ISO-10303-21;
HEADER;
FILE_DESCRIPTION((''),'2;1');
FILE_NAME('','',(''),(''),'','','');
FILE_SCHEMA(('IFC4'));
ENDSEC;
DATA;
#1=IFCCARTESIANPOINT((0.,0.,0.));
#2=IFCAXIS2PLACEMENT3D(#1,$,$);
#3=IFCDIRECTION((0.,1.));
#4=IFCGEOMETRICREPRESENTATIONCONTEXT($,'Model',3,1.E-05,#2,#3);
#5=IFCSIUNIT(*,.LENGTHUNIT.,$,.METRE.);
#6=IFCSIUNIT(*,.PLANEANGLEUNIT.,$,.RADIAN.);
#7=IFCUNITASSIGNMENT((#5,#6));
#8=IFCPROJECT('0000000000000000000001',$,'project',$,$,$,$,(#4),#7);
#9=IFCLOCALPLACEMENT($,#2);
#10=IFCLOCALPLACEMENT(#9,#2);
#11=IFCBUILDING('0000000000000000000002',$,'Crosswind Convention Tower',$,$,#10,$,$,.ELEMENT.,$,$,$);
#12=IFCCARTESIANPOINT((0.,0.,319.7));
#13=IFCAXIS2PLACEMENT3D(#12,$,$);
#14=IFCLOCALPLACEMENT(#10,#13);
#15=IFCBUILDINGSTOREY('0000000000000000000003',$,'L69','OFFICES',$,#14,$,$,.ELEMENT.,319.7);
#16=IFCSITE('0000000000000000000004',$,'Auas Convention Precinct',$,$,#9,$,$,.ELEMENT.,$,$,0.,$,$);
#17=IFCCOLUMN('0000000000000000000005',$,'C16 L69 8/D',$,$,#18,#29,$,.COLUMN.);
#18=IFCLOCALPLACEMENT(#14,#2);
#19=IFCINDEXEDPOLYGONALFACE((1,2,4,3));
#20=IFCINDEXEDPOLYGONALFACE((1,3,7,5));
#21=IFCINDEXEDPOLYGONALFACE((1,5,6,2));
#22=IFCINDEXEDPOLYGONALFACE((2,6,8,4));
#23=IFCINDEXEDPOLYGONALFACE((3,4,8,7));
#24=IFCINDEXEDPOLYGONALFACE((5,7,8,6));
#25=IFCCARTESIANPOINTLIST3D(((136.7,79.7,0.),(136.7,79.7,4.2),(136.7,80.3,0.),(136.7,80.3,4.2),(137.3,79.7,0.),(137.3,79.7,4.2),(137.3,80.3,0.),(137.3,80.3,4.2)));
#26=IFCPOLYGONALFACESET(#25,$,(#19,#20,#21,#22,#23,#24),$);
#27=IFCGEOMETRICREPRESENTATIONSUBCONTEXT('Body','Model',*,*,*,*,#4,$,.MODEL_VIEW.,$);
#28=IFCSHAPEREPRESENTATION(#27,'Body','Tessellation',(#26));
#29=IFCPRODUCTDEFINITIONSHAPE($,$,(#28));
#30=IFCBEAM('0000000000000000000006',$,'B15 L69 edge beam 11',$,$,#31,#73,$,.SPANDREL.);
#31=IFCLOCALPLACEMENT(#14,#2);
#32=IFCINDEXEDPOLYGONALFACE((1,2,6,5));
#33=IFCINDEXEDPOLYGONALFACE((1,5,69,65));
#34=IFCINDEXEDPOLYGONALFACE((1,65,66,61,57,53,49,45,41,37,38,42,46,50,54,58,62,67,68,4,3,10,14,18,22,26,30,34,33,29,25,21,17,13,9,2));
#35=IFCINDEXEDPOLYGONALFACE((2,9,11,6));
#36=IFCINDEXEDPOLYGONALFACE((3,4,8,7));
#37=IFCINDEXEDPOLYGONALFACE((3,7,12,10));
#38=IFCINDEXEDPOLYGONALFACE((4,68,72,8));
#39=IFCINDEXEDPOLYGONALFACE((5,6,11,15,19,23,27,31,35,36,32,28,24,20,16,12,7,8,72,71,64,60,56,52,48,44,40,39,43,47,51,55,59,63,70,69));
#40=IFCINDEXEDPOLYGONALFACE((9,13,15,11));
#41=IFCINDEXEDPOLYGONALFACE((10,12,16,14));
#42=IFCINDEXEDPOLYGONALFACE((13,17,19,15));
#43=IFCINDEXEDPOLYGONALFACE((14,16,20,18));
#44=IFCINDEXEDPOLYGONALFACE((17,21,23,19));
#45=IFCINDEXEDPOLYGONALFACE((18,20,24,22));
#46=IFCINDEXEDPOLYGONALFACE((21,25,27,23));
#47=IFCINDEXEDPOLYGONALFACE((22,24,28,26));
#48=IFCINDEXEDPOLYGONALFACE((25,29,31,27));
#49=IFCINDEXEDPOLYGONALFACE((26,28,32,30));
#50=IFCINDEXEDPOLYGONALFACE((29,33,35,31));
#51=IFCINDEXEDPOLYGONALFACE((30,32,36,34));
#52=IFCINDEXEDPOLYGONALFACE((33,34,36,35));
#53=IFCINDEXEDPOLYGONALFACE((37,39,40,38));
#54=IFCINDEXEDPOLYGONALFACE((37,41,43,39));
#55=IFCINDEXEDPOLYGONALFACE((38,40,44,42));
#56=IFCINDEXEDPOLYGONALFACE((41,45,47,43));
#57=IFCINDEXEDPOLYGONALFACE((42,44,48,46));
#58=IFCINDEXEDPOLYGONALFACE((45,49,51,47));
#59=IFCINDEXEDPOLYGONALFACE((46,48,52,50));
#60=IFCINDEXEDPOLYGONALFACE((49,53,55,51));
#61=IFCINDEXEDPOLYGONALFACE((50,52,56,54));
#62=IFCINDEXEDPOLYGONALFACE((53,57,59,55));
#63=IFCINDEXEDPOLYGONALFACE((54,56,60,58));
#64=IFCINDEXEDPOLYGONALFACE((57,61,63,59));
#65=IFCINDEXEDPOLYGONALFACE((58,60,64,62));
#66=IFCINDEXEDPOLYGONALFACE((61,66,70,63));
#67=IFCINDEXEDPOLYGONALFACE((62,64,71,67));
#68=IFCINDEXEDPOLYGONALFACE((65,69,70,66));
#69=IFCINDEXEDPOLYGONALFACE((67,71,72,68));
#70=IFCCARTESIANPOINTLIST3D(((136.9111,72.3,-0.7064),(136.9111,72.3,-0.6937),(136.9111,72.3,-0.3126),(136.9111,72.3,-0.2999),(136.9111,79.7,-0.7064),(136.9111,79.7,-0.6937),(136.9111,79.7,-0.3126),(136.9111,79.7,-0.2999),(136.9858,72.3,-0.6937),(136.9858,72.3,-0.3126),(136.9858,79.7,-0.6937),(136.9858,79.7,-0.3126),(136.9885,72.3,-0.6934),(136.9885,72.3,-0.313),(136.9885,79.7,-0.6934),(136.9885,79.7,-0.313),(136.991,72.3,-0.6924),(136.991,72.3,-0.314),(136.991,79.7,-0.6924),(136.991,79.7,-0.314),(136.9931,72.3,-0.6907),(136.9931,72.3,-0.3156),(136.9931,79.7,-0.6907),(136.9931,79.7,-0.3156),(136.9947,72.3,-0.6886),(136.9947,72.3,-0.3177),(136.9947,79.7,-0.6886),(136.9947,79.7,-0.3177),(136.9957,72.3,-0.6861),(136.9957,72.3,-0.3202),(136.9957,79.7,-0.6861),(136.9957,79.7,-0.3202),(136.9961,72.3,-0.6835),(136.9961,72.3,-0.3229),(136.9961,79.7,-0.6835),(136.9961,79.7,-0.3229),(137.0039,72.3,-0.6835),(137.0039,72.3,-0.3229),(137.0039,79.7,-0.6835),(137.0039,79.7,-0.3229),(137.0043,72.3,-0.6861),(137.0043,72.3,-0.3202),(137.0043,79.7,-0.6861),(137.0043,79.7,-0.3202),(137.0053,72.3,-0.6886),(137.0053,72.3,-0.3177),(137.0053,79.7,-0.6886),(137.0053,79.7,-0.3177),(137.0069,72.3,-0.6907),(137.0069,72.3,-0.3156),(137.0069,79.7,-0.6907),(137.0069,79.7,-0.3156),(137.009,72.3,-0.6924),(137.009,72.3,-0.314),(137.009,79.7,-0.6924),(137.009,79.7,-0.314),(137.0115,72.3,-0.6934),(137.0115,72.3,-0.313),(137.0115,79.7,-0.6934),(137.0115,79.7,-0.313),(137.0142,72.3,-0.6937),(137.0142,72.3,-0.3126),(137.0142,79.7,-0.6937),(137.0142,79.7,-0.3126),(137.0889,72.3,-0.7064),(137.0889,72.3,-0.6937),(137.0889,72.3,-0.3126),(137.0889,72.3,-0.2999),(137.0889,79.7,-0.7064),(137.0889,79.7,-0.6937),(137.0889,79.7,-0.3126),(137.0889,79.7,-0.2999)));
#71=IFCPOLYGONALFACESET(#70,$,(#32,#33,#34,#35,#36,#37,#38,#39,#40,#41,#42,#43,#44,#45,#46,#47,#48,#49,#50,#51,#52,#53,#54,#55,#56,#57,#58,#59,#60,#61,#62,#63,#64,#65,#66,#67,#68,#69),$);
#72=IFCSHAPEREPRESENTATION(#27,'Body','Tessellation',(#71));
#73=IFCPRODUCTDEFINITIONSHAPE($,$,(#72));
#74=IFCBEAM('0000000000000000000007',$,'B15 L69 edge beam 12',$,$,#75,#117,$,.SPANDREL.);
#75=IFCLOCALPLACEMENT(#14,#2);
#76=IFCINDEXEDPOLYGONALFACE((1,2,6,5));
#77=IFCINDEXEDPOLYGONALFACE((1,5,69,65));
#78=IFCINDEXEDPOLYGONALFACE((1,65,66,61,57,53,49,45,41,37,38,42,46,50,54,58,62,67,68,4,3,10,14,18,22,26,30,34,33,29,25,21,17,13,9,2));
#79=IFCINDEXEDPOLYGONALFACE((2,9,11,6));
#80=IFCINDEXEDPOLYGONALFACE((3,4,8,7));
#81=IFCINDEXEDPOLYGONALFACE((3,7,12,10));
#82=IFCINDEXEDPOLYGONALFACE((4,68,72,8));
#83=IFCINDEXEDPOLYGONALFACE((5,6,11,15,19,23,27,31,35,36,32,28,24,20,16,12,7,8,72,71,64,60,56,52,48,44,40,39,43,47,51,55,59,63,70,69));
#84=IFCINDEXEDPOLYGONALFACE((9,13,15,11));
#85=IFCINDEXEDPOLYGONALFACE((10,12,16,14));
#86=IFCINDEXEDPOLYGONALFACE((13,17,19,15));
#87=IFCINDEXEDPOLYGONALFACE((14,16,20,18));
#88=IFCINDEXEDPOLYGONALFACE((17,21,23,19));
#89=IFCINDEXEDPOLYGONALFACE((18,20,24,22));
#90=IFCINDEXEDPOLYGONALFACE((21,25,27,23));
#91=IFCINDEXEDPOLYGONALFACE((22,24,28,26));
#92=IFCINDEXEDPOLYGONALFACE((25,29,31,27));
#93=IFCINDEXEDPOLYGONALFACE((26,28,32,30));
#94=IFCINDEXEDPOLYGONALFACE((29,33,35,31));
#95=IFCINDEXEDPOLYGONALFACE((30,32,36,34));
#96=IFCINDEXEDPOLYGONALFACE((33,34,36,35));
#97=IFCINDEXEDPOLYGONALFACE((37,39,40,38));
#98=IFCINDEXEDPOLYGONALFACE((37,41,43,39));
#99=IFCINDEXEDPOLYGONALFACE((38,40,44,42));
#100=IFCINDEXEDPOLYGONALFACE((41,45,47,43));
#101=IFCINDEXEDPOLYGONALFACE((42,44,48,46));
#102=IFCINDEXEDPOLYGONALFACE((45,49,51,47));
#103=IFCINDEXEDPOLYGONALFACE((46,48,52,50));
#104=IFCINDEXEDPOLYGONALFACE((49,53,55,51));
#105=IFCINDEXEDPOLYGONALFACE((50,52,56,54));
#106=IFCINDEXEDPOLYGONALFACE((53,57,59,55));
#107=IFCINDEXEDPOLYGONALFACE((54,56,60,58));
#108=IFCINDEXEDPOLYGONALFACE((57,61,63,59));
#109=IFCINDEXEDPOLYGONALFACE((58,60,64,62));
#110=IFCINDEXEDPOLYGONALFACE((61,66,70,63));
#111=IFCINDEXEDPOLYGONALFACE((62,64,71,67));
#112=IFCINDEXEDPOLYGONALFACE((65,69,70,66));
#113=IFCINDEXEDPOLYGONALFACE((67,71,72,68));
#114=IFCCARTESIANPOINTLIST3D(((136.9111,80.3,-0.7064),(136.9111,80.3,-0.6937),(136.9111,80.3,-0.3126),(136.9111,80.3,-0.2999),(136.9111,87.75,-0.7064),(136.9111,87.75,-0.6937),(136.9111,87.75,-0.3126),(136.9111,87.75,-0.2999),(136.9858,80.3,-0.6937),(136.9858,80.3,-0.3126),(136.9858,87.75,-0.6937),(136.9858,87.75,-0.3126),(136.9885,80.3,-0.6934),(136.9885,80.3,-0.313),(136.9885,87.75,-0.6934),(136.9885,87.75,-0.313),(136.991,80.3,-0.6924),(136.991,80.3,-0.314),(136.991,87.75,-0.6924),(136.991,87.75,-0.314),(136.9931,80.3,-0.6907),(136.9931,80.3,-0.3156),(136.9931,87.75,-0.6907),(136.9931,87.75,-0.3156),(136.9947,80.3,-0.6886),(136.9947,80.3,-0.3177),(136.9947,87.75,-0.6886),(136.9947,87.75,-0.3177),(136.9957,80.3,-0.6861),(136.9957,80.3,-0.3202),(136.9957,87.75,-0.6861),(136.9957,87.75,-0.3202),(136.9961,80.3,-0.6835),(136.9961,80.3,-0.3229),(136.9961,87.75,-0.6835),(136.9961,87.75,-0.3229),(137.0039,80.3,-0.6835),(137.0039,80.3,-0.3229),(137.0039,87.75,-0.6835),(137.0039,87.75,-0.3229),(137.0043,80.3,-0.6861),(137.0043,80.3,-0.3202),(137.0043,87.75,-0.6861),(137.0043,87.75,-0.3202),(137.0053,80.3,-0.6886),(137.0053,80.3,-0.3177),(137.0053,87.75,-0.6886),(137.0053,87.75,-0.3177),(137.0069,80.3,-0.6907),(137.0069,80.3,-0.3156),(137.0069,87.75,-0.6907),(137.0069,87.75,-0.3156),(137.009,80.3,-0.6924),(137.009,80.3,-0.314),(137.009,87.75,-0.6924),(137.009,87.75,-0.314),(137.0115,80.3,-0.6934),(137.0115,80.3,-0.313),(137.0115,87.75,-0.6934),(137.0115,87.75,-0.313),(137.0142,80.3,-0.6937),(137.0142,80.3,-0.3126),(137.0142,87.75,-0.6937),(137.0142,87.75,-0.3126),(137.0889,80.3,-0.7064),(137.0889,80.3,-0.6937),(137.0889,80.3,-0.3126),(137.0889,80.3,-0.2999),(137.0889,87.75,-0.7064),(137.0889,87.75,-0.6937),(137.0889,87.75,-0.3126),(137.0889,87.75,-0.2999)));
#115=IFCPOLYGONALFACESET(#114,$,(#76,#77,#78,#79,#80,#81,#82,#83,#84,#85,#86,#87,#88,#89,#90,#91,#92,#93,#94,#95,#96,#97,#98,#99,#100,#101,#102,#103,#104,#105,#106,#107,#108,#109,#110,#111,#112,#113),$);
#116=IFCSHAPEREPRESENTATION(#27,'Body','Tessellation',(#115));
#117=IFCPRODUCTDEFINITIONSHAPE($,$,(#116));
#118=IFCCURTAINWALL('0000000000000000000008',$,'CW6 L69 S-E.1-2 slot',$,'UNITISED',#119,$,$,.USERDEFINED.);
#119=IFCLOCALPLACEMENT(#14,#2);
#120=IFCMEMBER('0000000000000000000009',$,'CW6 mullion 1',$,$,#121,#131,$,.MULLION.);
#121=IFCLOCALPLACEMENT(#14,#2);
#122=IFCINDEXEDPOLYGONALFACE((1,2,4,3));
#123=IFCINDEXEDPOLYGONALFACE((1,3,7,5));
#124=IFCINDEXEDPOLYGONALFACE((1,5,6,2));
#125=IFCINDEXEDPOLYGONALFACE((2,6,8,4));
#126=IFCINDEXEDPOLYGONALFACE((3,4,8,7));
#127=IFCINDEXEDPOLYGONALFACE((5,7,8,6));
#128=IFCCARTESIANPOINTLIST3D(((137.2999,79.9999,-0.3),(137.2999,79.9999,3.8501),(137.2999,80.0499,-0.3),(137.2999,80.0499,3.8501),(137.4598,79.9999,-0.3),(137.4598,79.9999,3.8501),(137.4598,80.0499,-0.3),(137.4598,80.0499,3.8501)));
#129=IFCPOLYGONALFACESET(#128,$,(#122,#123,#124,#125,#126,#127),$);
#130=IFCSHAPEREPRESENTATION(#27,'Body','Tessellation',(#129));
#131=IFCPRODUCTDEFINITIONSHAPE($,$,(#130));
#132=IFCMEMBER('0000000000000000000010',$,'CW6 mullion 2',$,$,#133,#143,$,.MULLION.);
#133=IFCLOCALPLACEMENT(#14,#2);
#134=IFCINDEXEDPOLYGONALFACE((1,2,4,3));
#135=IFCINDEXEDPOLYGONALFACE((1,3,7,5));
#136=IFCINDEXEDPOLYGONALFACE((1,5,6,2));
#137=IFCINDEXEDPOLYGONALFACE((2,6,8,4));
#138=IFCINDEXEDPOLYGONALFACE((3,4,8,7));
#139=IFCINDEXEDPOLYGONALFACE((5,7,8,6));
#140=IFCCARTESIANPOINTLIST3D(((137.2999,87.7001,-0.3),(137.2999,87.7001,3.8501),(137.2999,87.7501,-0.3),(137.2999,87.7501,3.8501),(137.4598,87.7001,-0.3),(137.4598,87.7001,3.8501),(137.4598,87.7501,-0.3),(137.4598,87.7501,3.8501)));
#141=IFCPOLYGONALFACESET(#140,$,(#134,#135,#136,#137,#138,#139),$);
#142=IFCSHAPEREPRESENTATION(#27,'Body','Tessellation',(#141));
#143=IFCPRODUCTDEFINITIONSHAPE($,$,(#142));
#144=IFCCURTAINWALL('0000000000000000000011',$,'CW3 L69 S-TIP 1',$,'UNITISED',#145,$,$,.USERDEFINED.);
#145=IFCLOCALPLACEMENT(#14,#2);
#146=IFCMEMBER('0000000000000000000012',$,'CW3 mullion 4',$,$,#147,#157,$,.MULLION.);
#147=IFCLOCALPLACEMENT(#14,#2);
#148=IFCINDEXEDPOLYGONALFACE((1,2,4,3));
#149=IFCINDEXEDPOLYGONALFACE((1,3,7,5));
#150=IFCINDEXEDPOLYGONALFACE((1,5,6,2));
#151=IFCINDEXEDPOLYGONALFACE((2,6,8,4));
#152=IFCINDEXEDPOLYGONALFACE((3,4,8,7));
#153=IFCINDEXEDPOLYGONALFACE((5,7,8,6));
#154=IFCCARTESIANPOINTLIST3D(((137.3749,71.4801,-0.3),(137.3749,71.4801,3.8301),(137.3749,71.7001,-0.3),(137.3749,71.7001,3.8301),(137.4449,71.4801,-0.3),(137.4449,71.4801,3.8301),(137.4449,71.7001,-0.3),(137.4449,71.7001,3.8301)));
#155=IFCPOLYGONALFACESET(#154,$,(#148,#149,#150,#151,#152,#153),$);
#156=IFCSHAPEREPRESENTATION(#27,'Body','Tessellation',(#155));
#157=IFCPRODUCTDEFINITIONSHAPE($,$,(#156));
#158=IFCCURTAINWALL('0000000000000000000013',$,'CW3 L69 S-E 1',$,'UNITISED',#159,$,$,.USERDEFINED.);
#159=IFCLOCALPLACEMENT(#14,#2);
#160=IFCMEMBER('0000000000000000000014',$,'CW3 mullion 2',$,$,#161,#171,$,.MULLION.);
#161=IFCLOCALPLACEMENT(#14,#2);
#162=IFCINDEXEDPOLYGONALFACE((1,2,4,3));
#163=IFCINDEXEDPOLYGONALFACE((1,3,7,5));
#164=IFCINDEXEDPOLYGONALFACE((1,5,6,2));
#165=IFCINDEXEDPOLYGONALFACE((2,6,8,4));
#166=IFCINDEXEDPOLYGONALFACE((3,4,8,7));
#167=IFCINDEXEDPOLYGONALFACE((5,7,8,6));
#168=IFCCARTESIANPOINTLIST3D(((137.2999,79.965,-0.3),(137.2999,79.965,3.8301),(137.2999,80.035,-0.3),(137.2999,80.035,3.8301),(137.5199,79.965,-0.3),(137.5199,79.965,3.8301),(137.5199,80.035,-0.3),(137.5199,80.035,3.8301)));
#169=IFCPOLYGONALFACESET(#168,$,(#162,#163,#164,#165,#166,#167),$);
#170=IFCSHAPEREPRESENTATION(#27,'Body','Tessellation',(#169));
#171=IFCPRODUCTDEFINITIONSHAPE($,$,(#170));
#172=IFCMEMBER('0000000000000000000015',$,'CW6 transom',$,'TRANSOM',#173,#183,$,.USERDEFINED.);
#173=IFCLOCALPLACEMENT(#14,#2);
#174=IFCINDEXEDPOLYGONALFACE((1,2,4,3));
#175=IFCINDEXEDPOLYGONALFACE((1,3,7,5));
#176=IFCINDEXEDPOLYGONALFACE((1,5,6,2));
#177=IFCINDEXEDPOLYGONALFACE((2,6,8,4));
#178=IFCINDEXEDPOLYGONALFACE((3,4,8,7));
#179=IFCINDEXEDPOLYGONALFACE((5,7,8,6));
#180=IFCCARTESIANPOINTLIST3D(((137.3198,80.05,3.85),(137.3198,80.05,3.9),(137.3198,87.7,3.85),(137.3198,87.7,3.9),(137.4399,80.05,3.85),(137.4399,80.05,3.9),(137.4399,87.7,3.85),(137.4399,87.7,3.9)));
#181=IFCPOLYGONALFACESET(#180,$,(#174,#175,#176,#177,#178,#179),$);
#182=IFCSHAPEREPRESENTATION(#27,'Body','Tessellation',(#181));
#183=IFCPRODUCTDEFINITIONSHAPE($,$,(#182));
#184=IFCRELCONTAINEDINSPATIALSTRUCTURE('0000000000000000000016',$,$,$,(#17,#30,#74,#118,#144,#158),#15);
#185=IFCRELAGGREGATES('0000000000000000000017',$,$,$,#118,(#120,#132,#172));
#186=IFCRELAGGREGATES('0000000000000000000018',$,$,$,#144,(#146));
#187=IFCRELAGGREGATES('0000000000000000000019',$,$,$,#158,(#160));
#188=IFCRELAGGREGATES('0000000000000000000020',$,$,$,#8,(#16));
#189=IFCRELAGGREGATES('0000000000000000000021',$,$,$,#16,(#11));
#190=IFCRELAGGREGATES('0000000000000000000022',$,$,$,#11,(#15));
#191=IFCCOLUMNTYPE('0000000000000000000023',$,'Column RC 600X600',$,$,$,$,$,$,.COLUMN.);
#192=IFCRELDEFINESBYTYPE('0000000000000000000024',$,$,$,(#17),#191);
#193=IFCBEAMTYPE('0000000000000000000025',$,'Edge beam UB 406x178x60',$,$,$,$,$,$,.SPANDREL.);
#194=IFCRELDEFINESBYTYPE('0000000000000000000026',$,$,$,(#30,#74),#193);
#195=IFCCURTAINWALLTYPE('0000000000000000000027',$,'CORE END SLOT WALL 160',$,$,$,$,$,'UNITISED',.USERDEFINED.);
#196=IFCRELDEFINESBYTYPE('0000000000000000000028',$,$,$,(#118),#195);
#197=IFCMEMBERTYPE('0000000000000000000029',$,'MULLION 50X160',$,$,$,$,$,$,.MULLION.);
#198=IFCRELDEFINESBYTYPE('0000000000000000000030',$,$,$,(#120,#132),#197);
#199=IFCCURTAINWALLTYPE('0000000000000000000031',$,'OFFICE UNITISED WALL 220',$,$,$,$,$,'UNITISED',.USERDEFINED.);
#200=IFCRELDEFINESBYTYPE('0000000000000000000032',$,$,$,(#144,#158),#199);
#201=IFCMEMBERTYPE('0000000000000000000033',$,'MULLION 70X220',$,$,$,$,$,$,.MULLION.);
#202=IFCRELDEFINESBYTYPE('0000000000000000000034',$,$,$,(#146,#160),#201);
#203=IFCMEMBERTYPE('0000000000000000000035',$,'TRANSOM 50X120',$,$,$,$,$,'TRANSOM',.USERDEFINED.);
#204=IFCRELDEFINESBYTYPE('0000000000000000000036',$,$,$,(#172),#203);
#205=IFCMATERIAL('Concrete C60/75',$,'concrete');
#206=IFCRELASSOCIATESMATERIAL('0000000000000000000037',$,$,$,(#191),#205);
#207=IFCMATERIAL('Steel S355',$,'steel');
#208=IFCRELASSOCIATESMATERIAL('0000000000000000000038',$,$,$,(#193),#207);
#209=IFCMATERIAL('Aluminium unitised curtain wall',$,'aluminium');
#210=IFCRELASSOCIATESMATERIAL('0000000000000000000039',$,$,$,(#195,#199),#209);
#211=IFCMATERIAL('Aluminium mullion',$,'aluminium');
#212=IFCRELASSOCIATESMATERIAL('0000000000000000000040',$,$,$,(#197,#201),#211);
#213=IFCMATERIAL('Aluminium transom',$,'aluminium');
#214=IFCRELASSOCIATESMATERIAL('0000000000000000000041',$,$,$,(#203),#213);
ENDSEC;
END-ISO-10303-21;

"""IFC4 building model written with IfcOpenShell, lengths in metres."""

from ifc_helpers import new_model, si_unit, direction, frame, origin, origin_2d, place, context, subcontext, project, spatial, rectangle, i_section, extrude, material, material_profile, profile_set, type_object, element, aggregate, save


model = new_model("IFC4")

# Units and contexts
model_context = context("Model", 3, precision=1e-05, world=origin(), true_north=direction((0.0, 1.0)))
body_context = subcontext(model_context, "Body", "Model", "MODEL_VIEW")
ifc_project = project(units=[si_unit("LENGTHUNIT", "METRE"), si_unit("PLANEANGLEUNIT", "RADIAN")], contexts=[model_context])

# Site, building, storey
site_placement = place(None, origin())
site = spatial("IfcSite", under=ifc_project, at=site_placement, Name="Auas Convention Precinct", CompositionType="ELEMENT", RefElevation=0.0)
building_placement = place(site_placement, origin())
building = spatial("IfcBuilding", under=site, at=building_placement, Name="Crosswind Convention Tower", CompositionType="ELEMENT")
storey_placement = place(building_placement, frame((0.0, 0.0, 319.7)))
storey = spatial("IfcBuildingStorey", under=building, at=storey_placement, Name="L69", Description="OFFICES", CompositionType="ELEMENT", Elevation=319.7)

# Column
ifc_material_1 = material(Name="Concrete C60/75", Category="concrete")
ifc_material_profile_1 = material_profile(ifc_material_1, rectangle(XDim=0.6001, YDim=0.6001, at=origin_2d()), Name="RC 600X600")
ifc_profile_set_1 = profile_set([ifc_material_profile_1], Name="Concrete C60/75")
column_type = type_object("IfcColumnType", Name="Column RC 600X600", PredefinedType="COLUMN", material=ifc_profile_set_1)
column_placement = place(storey_placement, frame((137.0, 80.0, 0.0), z_axis=(0.0, 0.0, 1.0), x_axis=(1.0, 0.0, 0.0)))
element("IfcColumn", 1, at=column_placement, inside=storey, type_object=column_type, Name="C16 L69 8/D", PredefinedType="COLUMN", context=body_context, shape_type="SweptSolid", body=[
    extrude(rectangle(XDim=0.6001, YDim=0.6001, at=origin_2d()), origin(), (0.0, 0.0, 1.0), 4.2),
])

# Beams
ifc_material_2 = material(Name="Steel S355", Category="steel")
ifc_material_profile_2 = material_profile(ifc_material_2, i_section(OverallWidth=0.1777, OverallDepth=0.4065, WebThickness=0.0078, FlangeThickness=0.0127, FilletRadius=0.0103, at=origin_2d()), Name="UB 406x178x60")
ifc_profile_set_2 = profile_set([ifc_material_profile_2], Name="Steel S355")
beam_type = type_object("IfcBeamType", Name="Edge beam UB 406x178x60", PredefinedType="SPANDREL", material=ifc_profile_set_2)
beam_1_placement = place(storey_placement, frame((137.0, 72.3, -0.5032), z_axis=(0.0, 1.0, 0.0), x_axis=(-1.0, 0.0, 0.0)))
element("IfcBeam", 2, at=beam_1_placement, inside=storey, type_object=beam_type, Name="B15 L69 edge beam 11", PredefinedType="SPANDREL", context=body_context, shape_type="SweptSolid", body=[
    extrude(i_section(OverallWidth=0.1777, OverallDepth=0.4065, WebThickness=0.0078, FlangeThickness=0.0127, FilletRadius=0.0103, at=origin_2d()), origin(), (0.0, 0.0, 1.0), 7.3999),
])
beam_2_placement = place(storey_placement, frame((137.0, 80.3, -0.5032), z_axis=(0.0, 1.0, 0.0), x_axis=(-1.0, 0.0, 0.0)))
element("IfcBeam", 3, at=beam_2_placement, inside=storey, type_object=beam_type, Name="B15 L69 edge beam 12", PredefinedType="SPANDREL", context=body_context, shape_type="SweptSolid", body=[
    extrude(i_section(OverallWidth=0.1777, OverallDepth=0.4065, WebThickness=0.0078, FlangeThickness=0.0127, FilletRadius=0.0103, at=origin_2d()), origin(), (0.0, 0.0, 1.0), 7.45),
])

# Curtain wall, members
ifc_material_3 = material(Name="Aluminium unitised curtain wall", Category="aluminium")
curtain_wall_type_1 = type_object("IfcCurtainWallType", Name="CORE END SLOT WALL 160", ElementType="UNITISED", PredefinedType="USERDEFINED", material=ifc_material_3)
curtain_wall_1_placement = place(storey_placement, origin())
curtain_wall_1 = element("IfcCurtainWall", 4, at=curtain_wall_1_placement, inside=storey, type_object=curtain_wall_type_1, Name="CW6 L69 S-E.1-2 slot", ObjectType="UNITISED", PredefinedType="USERDEFINED")
ifc_material_4 = material(Name="Aluminium mullion", Category="aluminium")
ifc_material_profile_3 = material_profile(ifc_material_4, rectangle(XDim=0.1599, YDim=0.05, at=origin_2d()), Name="AL 160X50")
ifc_profile_set_3 = profile_set([ifc_material_profile_3], Name="Aluminium mullion")
member_type_1 = type_object("IfcMemberType", Name="MULLION 50X160", PredefinedType="MULLION", material=ifc_profile_set_3)
member_1_placement = place(storey_placement, frame((137.3799, 80.0249, -0.3), z_axis=(0.0, 0.0, 1.0), x_axis=(1.0, 0.0, 0.0)))
member_1 = element("IfcMember", 5, at=member_1_placement, type_object=member_type_1, Name="CW6 mullion 1", PredefinedType="MULLION", context=body_context, shape_type="SweptSolid", body=[
    extrude(rectangle(XDim=0.1599, YDim=0.05, at=origin_2d()), origin(), (0.0, 0.0, 1.0), 4.1501),
])
member_2_placement = place(storey_placement, frame((137.3799, 87.7251, -0.3), z_axis=(0.0, 0.0, 1.0), x_axis=(1.0, 0.0, 0.0)))
member_2 = element("IfcMember", 6, at=member_2_placement, type_object=member_type_1, Name="CW6 mullion 2", PredefinedType="MULLION", context=body_context, shape_type="SweptSolid", body=[
    extrude(rectangle(XDim=0.1599, YDim=0.05, at=origin_2d()), origin(), (0.0, 0.0, 1.0), 4.1501),
])

# Curtain walls, members
curtain_wall_type_2 = type_object("IfcCurtainWallType", Name="OFFICE UNITISED WALL 220", ElementType="UNITISED", PredefinedType="USERDEFINED", material=ifc_material_3)
curtain_wall_2_placement = place(storey_placement, origin())
curtain_wall_2 = element("IfcCurtainWall", 7, at=curtain_wall_2_placement, inside=storey, type_object=curtain_wall_type_2, Name="CW3 L69 S-TIP 1", ObjectType="UNITISED", PredefinedType="USERDEFINED")
ifc_material_profile_4 = material_profile(ifc_material_4, rectangle(XDim=0.22, YDim=0.0701, at=origin_2d()), Name="AL 220X70")
ifc_profile_set_4 = profile_set([ifc_material_profile_4], Name="Aluminium mullion")
member_type_2 = type_object("IfcMemberType", Name="MULLION 70X220", PredefinedType="MULLION", material=ifc_profile_set_4)
member_3_placement = place(storey_placement, frame((137.4099, 71.5901, -0.3), z_axis=(0.0, 0.0, 1.0), x_axis=(0.0, -1.0, 0.0)))
member_3 = element("IfcMember", 8, at=member_3_placement, type_object=member_type_2, Name="CW3 mullion 4", PredefinedType="MULLION", context=body_context, shape_type="SweptSolid", body=[
    extrude(rectangle(XDim=0.22, YDim=0.0701, at=origin_2d()), origin(), (0.0, 0.0, 1.0), 4.1301),
])
curtain_wall_3_placement = place(storey_placement, origin())
curtain_wall_3 = element("IfcCurtainWall", 9, at=curtain_wall_3_placement, inside=storey, type_object=curtain_wall_type_2, Name="CW3 L69 S-E 1", ObjectType="UNITISED", PredefinedType="USERDEFINED")
member_4_placement = place(storey_placement, frame((137.4099, 80.0, -0.3), z_axis=(0.0, 0.0, 1.0), x_axis=(1.0, 0.0, 0.0)))
member_4 = element("IfcMember", 10, at=member_4_placement, type_object=member_type_2, Name="CW3 mullion 2", PredefinedType="MULLION", context=body_context, shape_type="SweptSolid", body=[
    extrude(rectangle(XDim=0.22, YDim=0.0701, at=origin_2d()), origin(), (0.0, 0.0, 1.0), 4.1301),
])

# Member
ifc_material_5 = material(Name="Aluminium transom", Category="aluminium")
ifc_material_profile_5 = material_profile(ifc_material_5, rectangle(XDim=0.1201, YDim=0.05, at=origin_2d()), Name="AL 120X50")
ifc_profile_set_5 = profile_set([ifc_material_profile_5], Name="Aluminium transom")
member_type_3 = type_object("IfcMemberType", Name="TRANSOM 50X120", ElementType="TRANSOM", PredefinedType="USERDEFINED", material=ifc_profile_set_5)
member_5_placement = place(storey_placement, frame((137.3799, 80.05, 3.875), z_axis=(0.0, 1.0, 0.0), x_axis=(-1.0, 0.0, 0.0)))
member_5 = element("IfcMember", 11, at=member_5_placement, type_object=member_type_3, Name="CW6 transom", ObjectType="TRANSOM", PredefinedType="USERDEFINED", context=body_context, shape_type="SweptSolid", body=[
    extrude(rectangle(XDim=0.1201, YDim=0.05, at=origin_2d()), origin(), (0.0, 0.0, 1.0), 7.6499),
])

aggregate(curtain_wall_1, [member_1, member_2, member_5])
aggregate(curtain_wall_2, [member_3])

aggregate(curtain_wall_3, [member_4])

save(model, "model.ifc")
